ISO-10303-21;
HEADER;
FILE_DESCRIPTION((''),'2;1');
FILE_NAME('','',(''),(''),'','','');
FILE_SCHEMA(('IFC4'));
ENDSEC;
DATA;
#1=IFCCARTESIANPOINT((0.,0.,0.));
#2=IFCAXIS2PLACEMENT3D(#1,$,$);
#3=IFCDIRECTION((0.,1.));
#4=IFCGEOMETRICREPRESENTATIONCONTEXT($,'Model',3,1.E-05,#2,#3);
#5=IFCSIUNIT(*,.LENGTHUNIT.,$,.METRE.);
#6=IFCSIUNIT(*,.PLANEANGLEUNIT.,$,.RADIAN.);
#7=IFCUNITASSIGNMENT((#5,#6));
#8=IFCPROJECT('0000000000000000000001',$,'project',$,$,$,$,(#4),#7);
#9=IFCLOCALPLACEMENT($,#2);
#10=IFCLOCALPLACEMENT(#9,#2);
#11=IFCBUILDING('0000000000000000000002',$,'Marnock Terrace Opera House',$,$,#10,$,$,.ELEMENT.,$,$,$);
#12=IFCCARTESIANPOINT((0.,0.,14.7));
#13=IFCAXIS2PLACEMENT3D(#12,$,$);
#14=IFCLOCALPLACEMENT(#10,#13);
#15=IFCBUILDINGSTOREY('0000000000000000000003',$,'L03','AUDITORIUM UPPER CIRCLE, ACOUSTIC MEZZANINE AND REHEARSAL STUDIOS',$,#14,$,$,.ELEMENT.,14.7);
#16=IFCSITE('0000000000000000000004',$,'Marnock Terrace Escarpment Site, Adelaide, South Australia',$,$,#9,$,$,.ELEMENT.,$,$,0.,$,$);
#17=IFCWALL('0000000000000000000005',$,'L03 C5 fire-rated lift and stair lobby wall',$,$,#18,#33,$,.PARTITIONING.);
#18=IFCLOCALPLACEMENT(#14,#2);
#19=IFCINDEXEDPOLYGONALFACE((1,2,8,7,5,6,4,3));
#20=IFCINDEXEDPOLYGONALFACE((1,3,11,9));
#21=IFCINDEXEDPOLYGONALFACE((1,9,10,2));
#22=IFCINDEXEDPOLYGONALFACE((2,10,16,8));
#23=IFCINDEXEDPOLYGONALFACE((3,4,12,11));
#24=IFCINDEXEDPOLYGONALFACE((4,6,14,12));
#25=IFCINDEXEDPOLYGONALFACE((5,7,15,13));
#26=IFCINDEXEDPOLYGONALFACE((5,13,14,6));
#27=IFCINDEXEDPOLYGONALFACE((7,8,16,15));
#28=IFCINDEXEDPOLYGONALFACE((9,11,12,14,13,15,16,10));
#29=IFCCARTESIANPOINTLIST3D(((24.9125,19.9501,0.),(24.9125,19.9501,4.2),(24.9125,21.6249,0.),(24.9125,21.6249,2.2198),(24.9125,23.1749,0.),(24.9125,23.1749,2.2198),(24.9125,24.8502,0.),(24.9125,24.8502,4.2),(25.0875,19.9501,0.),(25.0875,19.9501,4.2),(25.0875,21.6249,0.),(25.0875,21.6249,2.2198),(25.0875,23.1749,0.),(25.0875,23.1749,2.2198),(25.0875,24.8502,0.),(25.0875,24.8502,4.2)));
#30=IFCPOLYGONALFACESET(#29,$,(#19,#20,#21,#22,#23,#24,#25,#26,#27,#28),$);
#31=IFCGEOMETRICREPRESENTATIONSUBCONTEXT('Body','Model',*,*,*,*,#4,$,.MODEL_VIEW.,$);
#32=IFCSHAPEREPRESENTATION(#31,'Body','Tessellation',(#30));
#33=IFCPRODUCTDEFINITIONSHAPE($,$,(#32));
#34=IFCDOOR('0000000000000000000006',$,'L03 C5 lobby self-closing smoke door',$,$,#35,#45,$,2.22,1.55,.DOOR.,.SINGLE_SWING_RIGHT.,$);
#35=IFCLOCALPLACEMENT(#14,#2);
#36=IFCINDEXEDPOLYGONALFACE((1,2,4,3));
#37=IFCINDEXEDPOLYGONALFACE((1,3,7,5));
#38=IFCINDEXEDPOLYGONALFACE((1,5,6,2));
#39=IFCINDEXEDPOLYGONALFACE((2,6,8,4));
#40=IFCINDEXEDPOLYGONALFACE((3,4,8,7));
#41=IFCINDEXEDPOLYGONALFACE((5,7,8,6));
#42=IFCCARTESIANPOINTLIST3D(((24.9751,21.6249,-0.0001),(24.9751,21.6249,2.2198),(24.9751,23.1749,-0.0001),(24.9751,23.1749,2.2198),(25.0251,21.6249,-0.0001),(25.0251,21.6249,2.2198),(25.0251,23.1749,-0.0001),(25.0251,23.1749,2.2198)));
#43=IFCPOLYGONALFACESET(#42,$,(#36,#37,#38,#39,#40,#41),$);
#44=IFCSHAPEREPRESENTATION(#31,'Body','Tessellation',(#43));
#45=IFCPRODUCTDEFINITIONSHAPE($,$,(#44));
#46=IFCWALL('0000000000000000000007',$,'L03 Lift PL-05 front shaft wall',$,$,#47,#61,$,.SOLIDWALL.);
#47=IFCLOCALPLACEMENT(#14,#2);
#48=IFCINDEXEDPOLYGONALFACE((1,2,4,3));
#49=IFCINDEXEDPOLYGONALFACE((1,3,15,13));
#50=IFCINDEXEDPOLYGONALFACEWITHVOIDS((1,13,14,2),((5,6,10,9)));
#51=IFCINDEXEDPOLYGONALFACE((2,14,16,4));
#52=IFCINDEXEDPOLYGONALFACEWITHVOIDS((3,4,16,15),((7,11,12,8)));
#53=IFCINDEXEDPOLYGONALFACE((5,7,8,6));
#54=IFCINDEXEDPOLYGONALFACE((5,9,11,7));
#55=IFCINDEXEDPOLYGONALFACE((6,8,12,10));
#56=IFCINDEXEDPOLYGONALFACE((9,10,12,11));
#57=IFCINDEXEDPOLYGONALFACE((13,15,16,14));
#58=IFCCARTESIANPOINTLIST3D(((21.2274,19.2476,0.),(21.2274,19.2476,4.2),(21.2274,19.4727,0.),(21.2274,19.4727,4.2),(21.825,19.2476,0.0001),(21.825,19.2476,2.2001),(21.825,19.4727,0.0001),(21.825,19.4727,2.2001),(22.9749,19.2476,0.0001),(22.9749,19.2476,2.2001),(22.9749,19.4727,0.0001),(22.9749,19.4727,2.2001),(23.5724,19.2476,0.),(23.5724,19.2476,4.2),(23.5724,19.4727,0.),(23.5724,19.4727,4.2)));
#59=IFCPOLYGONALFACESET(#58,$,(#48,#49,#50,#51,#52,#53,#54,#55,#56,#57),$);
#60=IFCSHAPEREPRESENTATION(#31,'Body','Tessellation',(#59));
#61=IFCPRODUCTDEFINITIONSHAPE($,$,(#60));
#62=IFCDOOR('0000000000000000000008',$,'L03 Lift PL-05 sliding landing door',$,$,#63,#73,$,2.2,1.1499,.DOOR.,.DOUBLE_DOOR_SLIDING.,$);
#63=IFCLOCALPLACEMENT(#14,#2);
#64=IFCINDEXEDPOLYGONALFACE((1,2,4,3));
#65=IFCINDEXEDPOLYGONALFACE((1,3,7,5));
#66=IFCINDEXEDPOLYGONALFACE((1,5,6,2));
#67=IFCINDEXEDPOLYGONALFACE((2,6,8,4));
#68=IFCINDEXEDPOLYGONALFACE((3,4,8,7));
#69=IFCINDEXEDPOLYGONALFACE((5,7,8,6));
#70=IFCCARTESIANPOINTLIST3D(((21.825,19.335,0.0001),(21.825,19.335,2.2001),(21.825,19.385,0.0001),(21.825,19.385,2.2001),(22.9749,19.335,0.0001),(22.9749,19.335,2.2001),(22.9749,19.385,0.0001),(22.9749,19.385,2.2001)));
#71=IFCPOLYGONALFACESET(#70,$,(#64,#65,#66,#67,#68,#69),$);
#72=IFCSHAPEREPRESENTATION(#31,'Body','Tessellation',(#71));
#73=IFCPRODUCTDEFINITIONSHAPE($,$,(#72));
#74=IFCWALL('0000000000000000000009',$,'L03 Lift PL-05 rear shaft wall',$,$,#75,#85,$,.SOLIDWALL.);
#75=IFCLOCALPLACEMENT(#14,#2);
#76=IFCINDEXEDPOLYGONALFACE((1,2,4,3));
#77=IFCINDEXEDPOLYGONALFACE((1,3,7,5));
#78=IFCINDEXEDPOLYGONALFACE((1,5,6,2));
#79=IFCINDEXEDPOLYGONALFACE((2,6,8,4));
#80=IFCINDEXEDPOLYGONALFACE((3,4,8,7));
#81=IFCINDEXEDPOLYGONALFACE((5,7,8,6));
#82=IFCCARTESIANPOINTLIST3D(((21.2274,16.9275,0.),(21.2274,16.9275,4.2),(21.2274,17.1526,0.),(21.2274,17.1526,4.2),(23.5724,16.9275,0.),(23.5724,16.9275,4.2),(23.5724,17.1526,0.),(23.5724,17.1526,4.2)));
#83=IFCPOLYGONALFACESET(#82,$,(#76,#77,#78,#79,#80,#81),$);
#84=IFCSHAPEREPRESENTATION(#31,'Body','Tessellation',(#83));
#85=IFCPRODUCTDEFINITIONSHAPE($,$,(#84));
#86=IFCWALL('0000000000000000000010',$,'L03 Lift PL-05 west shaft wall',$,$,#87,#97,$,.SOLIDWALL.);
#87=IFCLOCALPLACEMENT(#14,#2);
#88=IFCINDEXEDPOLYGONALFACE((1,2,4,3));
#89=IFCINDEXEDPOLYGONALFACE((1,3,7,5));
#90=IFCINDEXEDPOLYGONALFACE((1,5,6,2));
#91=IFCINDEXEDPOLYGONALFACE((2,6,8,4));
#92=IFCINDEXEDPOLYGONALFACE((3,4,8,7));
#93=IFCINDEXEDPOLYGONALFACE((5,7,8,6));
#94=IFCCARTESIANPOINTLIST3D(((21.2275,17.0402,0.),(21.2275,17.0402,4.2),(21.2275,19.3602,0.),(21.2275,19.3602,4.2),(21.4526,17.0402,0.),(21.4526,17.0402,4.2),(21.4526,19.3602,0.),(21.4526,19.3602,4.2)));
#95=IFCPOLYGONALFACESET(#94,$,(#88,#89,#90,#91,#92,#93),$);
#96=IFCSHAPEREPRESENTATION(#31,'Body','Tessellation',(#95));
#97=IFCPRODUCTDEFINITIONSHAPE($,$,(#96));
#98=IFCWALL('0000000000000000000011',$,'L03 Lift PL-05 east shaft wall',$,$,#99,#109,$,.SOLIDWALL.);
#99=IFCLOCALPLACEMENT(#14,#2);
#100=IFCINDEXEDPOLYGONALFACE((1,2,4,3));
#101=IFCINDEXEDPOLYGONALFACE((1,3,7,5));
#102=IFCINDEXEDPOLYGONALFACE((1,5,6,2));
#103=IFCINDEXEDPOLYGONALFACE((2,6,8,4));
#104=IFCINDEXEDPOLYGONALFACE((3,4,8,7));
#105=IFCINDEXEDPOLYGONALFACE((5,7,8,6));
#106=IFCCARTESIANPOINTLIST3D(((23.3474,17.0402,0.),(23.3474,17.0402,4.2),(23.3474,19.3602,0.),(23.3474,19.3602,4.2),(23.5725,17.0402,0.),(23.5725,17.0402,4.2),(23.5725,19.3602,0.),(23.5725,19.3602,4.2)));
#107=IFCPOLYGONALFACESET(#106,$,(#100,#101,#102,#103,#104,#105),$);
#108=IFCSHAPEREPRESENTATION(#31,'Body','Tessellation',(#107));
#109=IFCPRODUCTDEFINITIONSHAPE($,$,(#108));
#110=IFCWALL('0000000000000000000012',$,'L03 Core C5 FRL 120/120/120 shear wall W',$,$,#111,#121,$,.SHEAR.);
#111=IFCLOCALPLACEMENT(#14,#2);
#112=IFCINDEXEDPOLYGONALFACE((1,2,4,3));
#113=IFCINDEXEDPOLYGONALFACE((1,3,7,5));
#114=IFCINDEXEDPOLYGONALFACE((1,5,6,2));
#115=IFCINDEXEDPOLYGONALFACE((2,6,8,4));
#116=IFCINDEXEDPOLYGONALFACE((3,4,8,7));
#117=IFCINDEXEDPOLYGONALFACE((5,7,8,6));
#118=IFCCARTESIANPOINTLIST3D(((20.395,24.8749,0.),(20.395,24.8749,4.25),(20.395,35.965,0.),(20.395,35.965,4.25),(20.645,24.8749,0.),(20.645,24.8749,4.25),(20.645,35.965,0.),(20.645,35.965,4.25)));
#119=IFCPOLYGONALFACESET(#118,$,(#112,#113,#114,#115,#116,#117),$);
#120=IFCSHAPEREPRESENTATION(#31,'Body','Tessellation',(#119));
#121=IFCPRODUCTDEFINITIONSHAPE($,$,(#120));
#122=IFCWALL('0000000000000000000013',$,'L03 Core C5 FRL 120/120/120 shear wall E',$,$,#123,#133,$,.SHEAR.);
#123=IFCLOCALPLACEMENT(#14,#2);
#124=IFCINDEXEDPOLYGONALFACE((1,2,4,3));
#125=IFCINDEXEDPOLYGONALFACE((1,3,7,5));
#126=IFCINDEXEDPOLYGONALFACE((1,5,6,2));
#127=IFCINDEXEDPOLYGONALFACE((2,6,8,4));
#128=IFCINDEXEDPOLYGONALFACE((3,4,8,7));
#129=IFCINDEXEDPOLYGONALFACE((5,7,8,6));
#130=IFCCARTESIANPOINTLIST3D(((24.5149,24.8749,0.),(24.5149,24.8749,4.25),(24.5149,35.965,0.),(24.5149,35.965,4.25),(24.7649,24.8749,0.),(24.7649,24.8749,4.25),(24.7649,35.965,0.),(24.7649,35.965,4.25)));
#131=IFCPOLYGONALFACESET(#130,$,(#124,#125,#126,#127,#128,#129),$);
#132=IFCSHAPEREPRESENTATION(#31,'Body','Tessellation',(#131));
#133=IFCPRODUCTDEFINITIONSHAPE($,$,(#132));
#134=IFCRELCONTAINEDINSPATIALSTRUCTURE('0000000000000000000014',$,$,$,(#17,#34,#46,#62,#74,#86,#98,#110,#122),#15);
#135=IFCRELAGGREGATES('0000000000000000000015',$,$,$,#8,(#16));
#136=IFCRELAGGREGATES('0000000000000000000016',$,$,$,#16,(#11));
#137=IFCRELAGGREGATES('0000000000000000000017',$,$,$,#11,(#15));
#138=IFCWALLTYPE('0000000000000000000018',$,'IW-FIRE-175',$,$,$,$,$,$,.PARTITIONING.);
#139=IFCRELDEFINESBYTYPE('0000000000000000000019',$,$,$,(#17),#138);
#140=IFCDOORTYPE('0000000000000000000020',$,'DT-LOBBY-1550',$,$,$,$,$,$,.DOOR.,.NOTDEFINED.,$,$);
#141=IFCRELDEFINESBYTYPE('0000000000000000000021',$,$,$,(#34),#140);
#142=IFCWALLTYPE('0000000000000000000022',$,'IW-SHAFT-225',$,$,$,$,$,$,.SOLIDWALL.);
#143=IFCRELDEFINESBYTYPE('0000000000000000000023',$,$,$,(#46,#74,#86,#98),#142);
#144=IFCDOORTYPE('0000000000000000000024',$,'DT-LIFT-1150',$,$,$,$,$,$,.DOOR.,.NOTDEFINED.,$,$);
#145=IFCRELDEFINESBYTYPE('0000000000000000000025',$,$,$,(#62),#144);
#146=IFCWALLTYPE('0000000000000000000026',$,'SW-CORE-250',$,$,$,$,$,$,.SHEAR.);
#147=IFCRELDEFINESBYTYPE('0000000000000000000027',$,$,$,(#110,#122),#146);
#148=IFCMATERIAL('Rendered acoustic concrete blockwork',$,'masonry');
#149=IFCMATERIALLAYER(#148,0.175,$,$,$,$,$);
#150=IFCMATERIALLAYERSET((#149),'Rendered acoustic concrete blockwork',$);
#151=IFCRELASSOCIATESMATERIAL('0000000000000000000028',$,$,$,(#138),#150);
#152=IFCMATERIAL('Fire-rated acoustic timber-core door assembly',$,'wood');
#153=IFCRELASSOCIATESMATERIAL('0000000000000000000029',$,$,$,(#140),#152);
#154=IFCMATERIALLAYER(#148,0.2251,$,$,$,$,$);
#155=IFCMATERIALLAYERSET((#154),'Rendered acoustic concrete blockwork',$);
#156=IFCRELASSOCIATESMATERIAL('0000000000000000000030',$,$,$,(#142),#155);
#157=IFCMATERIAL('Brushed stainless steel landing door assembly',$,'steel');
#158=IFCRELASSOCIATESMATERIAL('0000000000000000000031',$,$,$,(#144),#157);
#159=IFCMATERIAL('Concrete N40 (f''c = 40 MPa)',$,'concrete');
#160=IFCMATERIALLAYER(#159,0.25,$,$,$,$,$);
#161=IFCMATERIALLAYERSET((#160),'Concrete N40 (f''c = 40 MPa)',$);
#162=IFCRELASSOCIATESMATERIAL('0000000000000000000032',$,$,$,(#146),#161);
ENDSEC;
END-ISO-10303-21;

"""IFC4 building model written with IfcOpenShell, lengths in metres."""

from ifc_helpers import new_model, si_unit, direction, frame, frame_2d, origin, place, context, subcontext, project, spatial, rectangle, extrude, material, layer, layer_set, type_object, element, fill, save


model = new_model("IFC4")

# Units and contexts
model_context = context("Model", 3, precision=1e-05, world=origin(), true_north=direction((0.0, 1.0)))
body_context = subcontext(model_context, "Body", "Model", "MODEL_VIEW")
ifc_project = project(units=[si_unit("LENGTHUNIT", "METRE"), si_unit("PLANEANGLEUNIT", "RADIAN")], contexts=[model_context])

# Site, building, storey
site_placement = place(None, origin())
site = spatial("IfcSite", under=ifc_project, at=site_placement, Name="Marnock Terrace Escarpment Site, Adelaide, South Australia", CompositionType="ELEMENT", RefElevation=0.0)
building_placement = place(site_placement, origin())
building = spatial("IfcBuilding", under=site, at=building_placement, Name="Marnock Terrace Opera House", CompositionType="ELEMENT")
storey_placement = place(building_placement, frame((0.0, 0.0, 14.7)))
storey = spatial("IfcBuildingStorey", under=building, at=storey_placement, Name="L03", Description="AUDITORIUM UPPER CIRCLE, ACOUSTIC MEZZANINE AND REHEARSAL STUDIOS", CompositionType="ELEMENT", Elevation=14.7)

# Shared definitions
ifc_material_1 = material(Name="Concrete N40 (f'c = 40 MPa)", Category="concrete")

# Walls, openings, doors
ifc_material_2 = material(Name="Rendered acoustic concrete blockwork", Category="masonry")
ifc_layer_1 = layer(ifc_material_2, 0.175)
ifc_layer_set_1 = layer_set([ifc_layer_1], Name="Rendered acoustic concrete blockwork")
wall_type_1 = type_object("IfcWallType", Name="IW-FIRE-175", PredefinedType="PARTITIONING", material=ifc_layer_set_1)
wall_1_placement = place(storey_placement, frame((25.0, 19.95, 0.0), z_axis=(0.0, 0.0, 1.0), x_axis=(0.0, 1.0, 0.0)))
wall_1 = element("IfcWall", 1, at=wall_1_placement, inside=storey, type_object=wall_type_1, Name="L03 C5 fire-rated lift and stair lobby wall", PredefinedType="PARTITIONING", context=body_context, shape_type="SweptSolid", body=[
    extrude(rectangle(XDim=4.9001, YDim=0.175, at=frame_2d((2.4502, 0.0))), origin(), (0.0, 0.0, 1.0), 4.2),
])
opening_1_placement = place(wall_1_placement, frame((1.675, 0.0, 0.0)))
opening_1 = element("IfcOpeningElement", 2, at=opening_1_placement, cuts=wall_1, PredefinedType="OPENING", context=body_context, shape_type="SweptSolid", body=[
    extrude(rectangle(XDim=1.55, YDim=2.22, at=frame_2d((0.7749, 1.1099))), frame((0.0, 0.0974, 0.0), z_axis=(0.0, -1.0, 0.0), x_axis=(1.0, 0.0, 0.0)), (0.0, 0.0, 1.0), 0.1951),
])
ifc_material_3 = material(Name="Fire-rated acoustic timber-core door assembly", Category="wood")
door_type_1 = type_object("IfcDoorType", Name="DT-LOBBY-1550", OperationType="NOTDEFINED", PredefinedType="DOOR", material=ifc_material_3)
door_1_placement = place(opening_1_placement, origin())
door_1 = element("IfcDoor", 3, at=door_1_placement, inside=storey, type_object=door_type_1, Name="L03 C5 lobby self-closing smoke door", OperationType="SINGLE_SWING_RIGHT", OverallHeight=2.22, OverallWidth=1.55, PredefinedType="DOOR", context=body_context, shape_type="SweptSolid", body=[
    extrude(rectangle(XDim=1.55, YDim=2.22, at=frame_2d((0.7749, 1.1099))), frame((0.0, 0.0249, 0.0), z_axis=(0.0, -1.0, 0.0), x_axis=(1.0, 0.0, 0.0)), (0.0, 0.0, 1.0), 0.05),
])
fill(opening_1, door_1)
ifc_layer_2 = layer(ifc_material_2, 0.2251)
ifc_layer_set_2 = layer_set([ifc_layer_2], Name="Rendered acoustic concrete blockwork")
wall_type_2 = type_object("IfcWallType", Name="IW-SHAFT-225", PredefinedType="SOLIDWALL", material=ifc_layer_set_2)
wall_2_placement = place(storey_placement, frame((21.2275, 19.3601, 0.0), z_axis=(0.0, 0.0, 1.0), x_axis=(1.0, 0.0, 0.0)))
wall_2 = element("IfcWall", 4, at=wall_2_placement, inside=storey, type_object=wall_type_2, Name="L03 Lift PL-05 front shaft wall", PredefinedType="SOLIDWALL", context=body_context, shape_type="SweptSolid", body=[
    extrude(rectangle(XDim=2.345, YDim=0.2251, at=frame_2d((1.1724, 0.0))), origin(), (0.0, 0.0, 1.0), 4.2),
])
opening_2_placement = place(wall_2_placement, frame((0.5974, 0.0, 0.0)))
opening_2 = element("IfcOpeningElement", 5, at=opening_2_placement, cuts=wall_2, PredefinedType="OPENING", context=body_context, shape_type="SweptSolid", body=[
    extrude(rectangle(XDim=1.1499, YDim=2.2, at=frame_2d((0.575, 1.1001))), frame((0.0, 0.1226, 0.0), z_axis=(0.0, -1.0, 0.0), x_axis=(1.0, 0.0, 0.0)), (0.0, 0.0, 1.0), 0.2451),
])
ifc_material_4 = material(Name="Brushed stainless steel landing door assembly", Category="steel")
door_type_2 = type_object("IfcDoorType", Name="DT-LIFT-1150", OperationType="NOTDEFINED", PredefinedType="DOOR", material=ifc_material_4)
door_2_placement = place(opening_2_placement, origin())
door_2 = element("IfcDoor", 6, at=door_2_placement, inside=storey, type_object=door_type_2, Name="L03 Lift PL-05 sliding landing door", OperationType="DOUBLE_DOOR_SLIDING", OverallHeight=2.2, OverallWidth=1.1499, PredefinedType="DOOR", context=body_context, shape_type="SweptSolid", body=[
    extrude(rectangle(XDim=1.1499, YDim=2.2, at=frame_2d((0.575, 1.1001))), frame((0.0, 0.0249, 0.0), z_axis=(0.0, -1.0, 0.0), x_axis=(1.0, 0.0, 0.0)), (0.0, 0.0, 1.0), 0.05),
])
fill(opening_2, door_2)

# Walls
wall_3_placement = place(storey_placement, frame((21.2275, 17.04, 0.0), z_axis=(0.0, 0.0, 1.0), x_axis=(1.0, 0.0, 0.0)))
element("IfcWall", 7, at=wall_3_placement, inside=storey, type_object=wall_type_2, Name="L03 Lift PL-05 rear shaft wall", PredefinedType="SOLIDWALL", context=body_context, shape_type="SweptSolid", body=[
    extrude(rectangle(XDim=2.345, YDim=0.2251, at=frame_2d((1.1724, 0.0))), origin(), (0.0, 0.0, 1.0), 4.2),
])
for number, where, z_axis, x_axis, name in (
    (8, (21.3401, 17.04, 0.0), (0.0, 0.0, 1.0), (0.0, 1.0, 0.0), "L03 Lift PL-05 west shaft wall"),
    (9, (23.46, 17.04, 0.0), (0.0, 0.0, 1.0), (0.0, 1.0, 0.0), "L03 Lift PL-05 east shaft wall"),
):
    element("IfcWall", number, at=place(storey_placement, frame(where, z_axis=z_axis, x_axis=x_axis)), inside=storey, type_object=wall_type_2, Name=name, PredefinedType="SOLIDWALL", context=body_context, shape_type="SweptSolid", body=[
        extrude(rectangle(XDim=2.3201, YDim=0.2251, at=frame_2d((1.1602, 0.0))), origin(), (0.0, 0.0, 1.0), 4.2),
    ])
ifc_layer_3 = layer(ifc_material_1, 0.25)
ifc_layer_set_3 = layer_set([ifc_layer_3], Name="Concrete N40 (f'c = 40 MPa)")
wall_type_3 = type_object("IfcWallType", Name="SW-CORE-250", PredefinedType="SHEAR", material=ifc_layer_set_3)
for number, where, z_axis, x_axis, name in (
    (10, (20.52, 24.875, 0.0), (0.0, 0.0, 1.0), (0.0, 1.0, 0.0), "L03 Core C5 FRL 120/120/120 shear wall W"),
    (11, (24.6399, 24.875, 0.0), (0.0, 0.0, 1.0), (0.0, 1.0, 0.0), "L03 Core C5 FRL 120/120/120 shear wall E"),
):
    element("IfcWall", number, at=place(storey_placement, frame(where, z_axis=z_axis, x_axis=x_axis)), inside=storey, type_object=wall_type_3, Name=name, PredefinedType="SHEAR", context=body_context, shape_type="SweptSolid", body=[
        extrude(rectangle(XDim=11.0901, YDim=0.25, at=frame_2d((5.5449, 0.0))), origin(), (0.0, 0.0, 1.0), 4.25),
    ])

save(model, "model.ifc")
